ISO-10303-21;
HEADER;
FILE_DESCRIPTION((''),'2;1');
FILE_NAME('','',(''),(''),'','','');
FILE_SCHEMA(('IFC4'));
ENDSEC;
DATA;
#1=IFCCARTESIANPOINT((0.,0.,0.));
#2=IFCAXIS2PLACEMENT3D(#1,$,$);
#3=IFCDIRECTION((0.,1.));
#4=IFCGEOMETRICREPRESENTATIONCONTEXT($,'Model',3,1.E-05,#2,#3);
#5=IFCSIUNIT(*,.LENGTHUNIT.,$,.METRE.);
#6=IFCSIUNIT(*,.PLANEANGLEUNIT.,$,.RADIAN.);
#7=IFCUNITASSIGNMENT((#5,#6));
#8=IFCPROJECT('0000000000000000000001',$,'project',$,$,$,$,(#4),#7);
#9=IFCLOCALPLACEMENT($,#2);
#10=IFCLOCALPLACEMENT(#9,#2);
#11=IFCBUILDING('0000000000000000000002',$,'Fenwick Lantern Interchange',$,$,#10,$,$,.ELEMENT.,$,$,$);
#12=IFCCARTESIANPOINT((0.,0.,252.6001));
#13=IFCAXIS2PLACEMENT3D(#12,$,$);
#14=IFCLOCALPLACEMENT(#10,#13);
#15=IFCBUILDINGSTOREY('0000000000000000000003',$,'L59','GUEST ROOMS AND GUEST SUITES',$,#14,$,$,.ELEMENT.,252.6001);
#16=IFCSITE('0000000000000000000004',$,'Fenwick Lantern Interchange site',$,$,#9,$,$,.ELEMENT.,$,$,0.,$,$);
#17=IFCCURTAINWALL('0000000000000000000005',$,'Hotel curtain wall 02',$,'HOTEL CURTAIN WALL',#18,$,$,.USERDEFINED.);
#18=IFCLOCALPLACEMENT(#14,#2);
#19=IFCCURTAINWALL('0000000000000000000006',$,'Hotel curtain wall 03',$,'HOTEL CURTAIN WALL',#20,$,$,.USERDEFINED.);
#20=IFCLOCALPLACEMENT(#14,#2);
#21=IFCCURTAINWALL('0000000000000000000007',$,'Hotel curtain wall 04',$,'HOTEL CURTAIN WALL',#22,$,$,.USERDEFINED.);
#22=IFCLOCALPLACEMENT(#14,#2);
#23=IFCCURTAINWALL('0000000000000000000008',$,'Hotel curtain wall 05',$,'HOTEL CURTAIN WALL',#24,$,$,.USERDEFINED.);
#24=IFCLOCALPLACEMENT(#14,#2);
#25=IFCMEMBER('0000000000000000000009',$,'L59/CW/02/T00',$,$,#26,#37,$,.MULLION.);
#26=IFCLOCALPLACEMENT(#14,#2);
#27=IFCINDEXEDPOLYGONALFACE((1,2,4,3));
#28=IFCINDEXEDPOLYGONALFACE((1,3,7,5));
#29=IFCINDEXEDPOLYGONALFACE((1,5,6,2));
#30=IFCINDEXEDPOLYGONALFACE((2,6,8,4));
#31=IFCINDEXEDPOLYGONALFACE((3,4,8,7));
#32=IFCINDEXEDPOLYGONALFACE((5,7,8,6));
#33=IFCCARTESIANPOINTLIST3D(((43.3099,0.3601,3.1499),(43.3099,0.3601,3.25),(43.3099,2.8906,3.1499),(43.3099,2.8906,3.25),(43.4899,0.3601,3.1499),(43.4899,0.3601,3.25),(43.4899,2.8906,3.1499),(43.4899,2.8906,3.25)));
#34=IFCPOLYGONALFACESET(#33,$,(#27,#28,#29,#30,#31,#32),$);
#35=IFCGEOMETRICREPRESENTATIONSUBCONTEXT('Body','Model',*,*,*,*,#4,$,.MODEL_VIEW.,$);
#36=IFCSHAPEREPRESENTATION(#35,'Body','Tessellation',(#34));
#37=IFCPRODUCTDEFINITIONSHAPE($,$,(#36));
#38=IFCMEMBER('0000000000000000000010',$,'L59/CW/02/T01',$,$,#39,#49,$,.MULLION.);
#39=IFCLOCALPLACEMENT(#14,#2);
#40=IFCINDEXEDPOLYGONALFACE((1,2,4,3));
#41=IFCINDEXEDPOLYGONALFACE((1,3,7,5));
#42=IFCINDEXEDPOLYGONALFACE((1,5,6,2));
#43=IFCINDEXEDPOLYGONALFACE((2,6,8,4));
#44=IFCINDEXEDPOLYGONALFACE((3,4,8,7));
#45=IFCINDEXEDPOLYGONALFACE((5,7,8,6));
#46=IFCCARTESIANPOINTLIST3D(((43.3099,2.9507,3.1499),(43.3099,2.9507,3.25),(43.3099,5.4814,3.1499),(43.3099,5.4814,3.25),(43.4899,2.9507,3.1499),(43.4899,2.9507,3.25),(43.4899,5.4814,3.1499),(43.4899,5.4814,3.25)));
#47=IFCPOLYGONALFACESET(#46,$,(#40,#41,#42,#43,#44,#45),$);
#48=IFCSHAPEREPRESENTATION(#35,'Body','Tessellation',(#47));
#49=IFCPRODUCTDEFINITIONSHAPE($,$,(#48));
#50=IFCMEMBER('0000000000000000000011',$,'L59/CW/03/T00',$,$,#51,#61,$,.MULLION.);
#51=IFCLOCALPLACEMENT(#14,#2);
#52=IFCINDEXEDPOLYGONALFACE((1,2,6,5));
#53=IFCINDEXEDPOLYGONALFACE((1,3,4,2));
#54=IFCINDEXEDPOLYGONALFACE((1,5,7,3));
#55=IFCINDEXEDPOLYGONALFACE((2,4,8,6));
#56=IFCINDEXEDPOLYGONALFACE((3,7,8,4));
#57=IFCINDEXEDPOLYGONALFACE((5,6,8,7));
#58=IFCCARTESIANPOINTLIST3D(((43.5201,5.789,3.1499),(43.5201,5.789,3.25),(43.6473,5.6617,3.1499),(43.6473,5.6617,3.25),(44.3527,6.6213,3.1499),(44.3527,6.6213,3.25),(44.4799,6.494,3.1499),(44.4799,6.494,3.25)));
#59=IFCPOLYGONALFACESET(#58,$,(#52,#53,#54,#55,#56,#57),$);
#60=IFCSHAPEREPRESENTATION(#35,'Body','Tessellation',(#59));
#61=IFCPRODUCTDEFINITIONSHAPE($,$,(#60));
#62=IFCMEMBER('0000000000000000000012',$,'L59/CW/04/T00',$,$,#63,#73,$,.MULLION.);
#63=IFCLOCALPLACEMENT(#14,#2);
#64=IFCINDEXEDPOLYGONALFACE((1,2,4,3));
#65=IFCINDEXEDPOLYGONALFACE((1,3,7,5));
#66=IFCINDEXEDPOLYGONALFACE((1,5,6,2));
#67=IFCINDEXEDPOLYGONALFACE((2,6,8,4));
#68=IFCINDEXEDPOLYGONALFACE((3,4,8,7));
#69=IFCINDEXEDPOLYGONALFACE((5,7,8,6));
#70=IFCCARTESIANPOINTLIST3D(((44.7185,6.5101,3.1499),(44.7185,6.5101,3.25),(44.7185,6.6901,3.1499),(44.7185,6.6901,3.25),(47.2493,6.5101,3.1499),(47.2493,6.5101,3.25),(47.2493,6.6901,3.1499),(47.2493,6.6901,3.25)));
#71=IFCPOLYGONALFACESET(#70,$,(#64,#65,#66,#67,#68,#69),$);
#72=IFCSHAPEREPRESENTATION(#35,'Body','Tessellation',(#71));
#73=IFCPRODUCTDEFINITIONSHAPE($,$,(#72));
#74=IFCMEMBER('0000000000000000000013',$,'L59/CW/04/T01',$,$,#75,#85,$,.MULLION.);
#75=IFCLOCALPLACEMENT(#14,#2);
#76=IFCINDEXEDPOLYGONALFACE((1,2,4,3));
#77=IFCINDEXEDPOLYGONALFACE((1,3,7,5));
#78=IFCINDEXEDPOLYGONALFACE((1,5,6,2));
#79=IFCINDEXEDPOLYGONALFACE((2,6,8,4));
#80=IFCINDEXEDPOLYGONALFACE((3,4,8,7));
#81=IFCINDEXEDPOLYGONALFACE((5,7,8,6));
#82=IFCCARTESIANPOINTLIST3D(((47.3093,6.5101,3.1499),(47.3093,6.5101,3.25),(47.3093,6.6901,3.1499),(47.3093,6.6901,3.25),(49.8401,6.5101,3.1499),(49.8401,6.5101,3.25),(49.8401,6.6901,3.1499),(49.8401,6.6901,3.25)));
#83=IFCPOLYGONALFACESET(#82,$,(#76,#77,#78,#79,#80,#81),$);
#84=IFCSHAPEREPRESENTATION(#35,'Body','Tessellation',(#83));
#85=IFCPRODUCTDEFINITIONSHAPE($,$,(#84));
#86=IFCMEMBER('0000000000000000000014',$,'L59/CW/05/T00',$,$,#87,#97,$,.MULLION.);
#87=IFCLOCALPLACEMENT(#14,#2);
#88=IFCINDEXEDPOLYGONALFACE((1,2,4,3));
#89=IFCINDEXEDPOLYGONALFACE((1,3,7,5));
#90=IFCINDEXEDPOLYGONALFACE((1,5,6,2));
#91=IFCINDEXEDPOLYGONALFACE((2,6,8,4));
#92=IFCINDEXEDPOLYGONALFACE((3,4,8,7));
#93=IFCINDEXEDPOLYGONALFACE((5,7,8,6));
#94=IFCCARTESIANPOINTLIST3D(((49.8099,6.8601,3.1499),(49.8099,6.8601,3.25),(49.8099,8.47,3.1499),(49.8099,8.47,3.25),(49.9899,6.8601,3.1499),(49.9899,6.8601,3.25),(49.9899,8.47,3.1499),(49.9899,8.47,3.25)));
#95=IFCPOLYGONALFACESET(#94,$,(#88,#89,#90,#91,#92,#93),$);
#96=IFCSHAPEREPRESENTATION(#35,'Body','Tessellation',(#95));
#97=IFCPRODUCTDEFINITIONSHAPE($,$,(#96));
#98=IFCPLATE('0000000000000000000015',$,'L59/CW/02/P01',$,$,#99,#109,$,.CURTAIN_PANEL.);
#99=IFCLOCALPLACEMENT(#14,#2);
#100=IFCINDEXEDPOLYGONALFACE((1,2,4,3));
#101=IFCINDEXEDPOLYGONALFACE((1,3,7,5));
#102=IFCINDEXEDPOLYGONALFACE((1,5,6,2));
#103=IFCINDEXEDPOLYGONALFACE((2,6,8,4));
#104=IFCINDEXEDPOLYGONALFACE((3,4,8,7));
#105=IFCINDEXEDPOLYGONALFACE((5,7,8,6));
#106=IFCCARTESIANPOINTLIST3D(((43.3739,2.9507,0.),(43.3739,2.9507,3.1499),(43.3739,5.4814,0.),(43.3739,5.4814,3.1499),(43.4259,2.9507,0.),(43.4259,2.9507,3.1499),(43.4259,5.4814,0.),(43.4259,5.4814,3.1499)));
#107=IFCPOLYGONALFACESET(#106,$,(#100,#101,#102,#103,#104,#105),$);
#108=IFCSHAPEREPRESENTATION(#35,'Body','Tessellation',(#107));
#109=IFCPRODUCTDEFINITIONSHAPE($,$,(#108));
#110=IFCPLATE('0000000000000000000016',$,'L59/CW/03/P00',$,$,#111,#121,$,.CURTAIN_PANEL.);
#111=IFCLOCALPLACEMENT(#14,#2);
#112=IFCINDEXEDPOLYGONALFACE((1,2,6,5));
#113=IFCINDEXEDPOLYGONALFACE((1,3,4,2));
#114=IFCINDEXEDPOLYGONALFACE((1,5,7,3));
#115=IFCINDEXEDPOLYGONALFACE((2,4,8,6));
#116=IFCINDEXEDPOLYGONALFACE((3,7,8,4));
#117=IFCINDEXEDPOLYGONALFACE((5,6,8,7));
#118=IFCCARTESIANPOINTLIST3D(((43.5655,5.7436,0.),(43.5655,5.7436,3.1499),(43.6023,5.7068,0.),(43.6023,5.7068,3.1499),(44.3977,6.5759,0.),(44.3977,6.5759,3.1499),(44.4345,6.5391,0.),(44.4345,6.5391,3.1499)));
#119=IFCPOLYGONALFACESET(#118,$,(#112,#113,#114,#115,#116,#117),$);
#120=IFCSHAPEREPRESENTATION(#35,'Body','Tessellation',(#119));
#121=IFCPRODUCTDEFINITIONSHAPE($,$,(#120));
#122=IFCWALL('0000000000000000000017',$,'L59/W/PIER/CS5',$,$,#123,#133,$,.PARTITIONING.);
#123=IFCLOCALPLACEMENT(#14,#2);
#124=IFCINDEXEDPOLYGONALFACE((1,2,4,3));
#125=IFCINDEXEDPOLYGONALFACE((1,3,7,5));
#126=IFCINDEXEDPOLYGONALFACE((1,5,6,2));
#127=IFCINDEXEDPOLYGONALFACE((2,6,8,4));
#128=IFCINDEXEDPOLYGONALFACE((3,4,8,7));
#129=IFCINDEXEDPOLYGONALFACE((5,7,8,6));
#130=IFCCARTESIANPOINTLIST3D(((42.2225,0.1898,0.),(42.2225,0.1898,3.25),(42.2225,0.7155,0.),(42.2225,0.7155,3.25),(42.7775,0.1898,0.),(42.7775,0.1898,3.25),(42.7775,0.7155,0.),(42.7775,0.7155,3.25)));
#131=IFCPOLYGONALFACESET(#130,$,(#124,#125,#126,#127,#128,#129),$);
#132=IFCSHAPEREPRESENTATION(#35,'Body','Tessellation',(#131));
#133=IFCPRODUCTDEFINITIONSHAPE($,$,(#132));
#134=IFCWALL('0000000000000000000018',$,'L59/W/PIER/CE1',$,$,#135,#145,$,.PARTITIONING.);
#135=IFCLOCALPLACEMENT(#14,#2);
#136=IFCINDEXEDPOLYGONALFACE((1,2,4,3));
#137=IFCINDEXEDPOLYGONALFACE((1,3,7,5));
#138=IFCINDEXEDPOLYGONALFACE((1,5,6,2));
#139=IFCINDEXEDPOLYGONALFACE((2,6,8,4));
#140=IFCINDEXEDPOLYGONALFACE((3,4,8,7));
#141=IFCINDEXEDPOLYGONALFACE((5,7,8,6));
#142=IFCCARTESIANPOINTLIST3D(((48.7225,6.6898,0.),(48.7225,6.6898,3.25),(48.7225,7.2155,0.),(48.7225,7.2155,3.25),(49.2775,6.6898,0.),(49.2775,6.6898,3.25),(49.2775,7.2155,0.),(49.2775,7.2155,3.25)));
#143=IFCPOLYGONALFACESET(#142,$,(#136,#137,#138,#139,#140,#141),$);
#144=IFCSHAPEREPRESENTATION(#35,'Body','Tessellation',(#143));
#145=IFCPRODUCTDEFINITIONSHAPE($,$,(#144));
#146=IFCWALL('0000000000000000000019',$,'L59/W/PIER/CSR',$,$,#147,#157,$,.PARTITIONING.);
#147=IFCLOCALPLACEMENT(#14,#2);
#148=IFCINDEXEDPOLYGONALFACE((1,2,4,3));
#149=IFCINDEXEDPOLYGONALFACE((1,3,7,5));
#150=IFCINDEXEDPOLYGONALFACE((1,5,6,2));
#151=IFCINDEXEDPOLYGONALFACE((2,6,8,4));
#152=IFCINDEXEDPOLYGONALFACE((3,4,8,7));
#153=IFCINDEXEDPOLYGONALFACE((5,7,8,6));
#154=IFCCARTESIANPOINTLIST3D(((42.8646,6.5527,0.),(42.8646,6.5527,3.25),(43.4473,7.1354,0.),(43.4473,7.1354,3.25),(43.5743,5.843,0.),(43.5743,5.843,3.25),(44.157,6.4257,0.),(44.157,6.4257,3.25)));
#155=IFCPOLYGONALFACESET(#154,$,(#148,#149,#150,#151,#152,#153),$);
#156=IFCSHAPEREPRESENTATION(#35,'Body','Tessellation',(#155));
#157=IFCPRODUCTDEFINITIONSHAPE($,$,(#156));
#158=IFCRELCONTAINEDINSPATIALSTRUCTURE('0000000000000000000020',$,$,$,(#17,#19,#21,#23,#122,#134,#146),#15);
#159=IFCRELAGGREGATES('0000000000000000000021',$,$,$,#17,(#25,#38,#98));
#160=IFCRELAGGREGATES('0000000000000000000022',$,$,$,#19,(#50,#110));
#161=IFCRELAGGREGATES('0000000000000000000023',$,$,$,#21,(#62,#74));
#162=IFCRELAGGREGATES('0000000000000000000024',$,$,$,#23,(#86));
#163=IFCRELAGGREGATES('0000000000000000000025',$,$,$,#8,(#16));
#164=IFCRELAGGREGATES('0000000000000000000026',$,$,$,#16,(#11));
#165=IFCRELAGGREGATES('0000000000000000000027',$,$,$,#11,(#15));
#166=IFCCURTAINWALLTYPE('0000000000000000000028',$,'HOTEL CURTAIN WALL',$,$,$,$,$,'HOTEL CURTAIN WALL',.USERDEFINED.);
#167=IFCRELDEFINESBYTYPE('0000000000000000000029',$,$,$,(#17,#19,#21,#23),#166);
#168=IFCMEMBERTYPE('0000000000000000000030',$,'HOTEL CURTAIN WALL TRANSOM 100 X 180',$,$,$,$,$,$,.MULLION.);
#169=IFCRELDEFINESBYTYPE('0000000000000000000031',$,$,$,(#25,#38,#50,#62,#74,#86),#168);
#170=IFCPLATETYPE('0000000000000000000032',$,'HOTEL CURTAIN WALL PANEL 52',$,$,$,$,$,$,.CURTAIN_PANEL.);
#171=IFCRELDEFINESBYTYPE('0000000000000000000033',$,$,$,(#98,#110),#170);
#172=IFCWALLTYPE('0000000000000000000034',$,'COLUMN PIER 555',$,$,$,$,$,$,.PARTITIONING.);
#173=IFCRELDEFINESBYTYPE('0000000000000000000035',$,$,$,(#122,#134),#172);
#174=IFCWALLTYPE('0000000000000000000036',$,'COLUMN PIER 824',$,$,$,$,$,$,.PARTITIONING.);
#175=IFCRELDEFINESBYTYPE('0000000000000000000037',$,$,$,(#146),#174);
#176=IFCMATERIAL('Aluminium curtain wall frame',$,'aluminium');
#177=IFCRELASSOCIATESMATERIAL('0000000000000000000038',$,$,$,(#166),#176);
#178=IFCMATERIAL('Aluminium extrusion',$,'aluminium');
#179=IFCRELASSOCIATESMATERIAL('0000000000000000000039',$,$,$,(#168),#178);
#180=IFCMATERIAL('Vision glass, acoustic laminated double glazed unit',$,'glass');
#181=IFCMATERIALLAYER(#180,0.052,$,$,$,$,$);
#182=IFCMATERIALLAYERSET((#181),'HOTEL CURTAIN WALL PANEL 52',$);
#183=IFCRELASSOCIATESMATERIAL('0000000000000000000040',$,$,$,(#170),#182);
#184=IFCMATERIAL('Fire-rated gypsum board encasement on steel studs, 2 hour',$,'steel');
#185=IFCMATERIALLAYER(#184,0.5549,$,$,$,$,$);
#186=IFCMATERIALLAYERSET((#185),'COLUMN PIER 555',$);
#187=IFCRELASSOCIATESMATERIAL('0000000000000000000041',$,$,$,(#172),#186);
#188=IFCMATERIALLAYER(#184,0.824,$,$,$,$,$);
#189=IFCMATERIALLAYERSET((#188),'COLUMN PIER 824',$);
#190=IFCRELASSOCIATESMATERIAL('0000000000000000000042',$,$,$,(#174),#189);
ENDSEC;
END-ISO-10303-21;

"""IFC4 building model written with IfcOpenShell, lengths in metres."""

from ifc_helpers import new_model, si_unit, direction, frame, frame_2d, origin, origin_2d, place, context, subcontext, project, spatial, rectangle, extrude, material, layer, layer_set, material_profile, profile_set, type_object, element, aggregate, save


model = new_model("IFC4")

# Units and contexts
model_context = context("Model", 3, precision=1e-05, world=origin(), true_north=direction((0.0, 1.0)))
body_context = subcontext(model_context, "Body", "Model", "MODEL_VIEW")
ifc_project = project(units=[si_unit("LENGTHUNIT", "METRE"), si_unit("PLANEANGLEUNIT", "RADIAN")], contexts=[model_context])

# Site, building, storey
site_placement = place(None, origin())
site = spatial("IfcSite", under=ifc_project, at=site_placement, Name="Fenwick Lantern Interchange site", CompositionType="ELEMENT", RefElevation=0.0)
building_placement = place(site_placement, origin())
building = spatial("IfcBuilding", under=site, at=building_placement, Name="Fenwick Lantern Interchange", CompositionType="ELEMENT")
storey_placement = place(building_placement, frame((0.0, 0.0, 252.6001)))
storey = spatial("IfcBuildingStorey", under=building, at=storey_placement, Name="L59", Description="GUEST ROOMS AND GUEST SUITES", CompositionType="ELEMENT", Elevation=252.6001)

# Shared definitions
ifc_material_1 = material(Name="Aluminium curtain wall frame", Category="aluminium")
curtain_wall_type = type_object("IfcCurtainWallType", Name="HOTEL CURTAIN WALL", ElementType="HOTEL CURTAIN WALL", PredefinedType="USERDEFINED", material=ifc_material_1)
ifc_material_2 = material(Name="Aluminium extrusion", Category="aluminium")

# Curtain walls
curtain_wall_1_placement = place(storey_placement, origin())
curtain_wall_1 = element("IfcCurtainWall", 1, at=curtain_wall_1_placement, inside=storey, type_object=curtain_wall_type, Name="Hotel curtain wall 02", ObjectType="HOTEL CURTAIN WALL", PredefinedType="USERDEFINED")
curtain_wall_2_placement = place(storey_placement, origin())
curtain_wall_2 = element("IfcCurtainWall", 2, at=curtain_wall_2_placement, inside=storey, type_object=curtain_wall_type, Name="Hotel curtain wall 03", ObjectType="HOTEL CURTAIN WALL", PredefinedType="USERDEFINED")
curtain_wall_3_placement = place(storey_placement, origin())
curtain_wall_3 = element("IfcCurtainWall", 3, at=curtain_wall_3_placement, inside=storey, type_object=curtain_wall_type, Name="Hotel curtain wall 04", ObjectType="HOTEL CURTAIN WALL", PredefinedType="USERDEFINED")

# Curtain wall
curtain_wall_4_placement = place(storey_placement, origin())
curtain_wall_4 = element("IfcCurtainWall", 4, at=curtain_wall_4_placement, inside=storey, type_object=curtain_wall_type, Name="Hotel curtain wall 05", ObjectType="HOTEL CURTAIN WALL", PredefinedType="USERDEFINED")

# Members
ifc_material_profile_1 = material_profile(ifc_material_2, rectangle(XDim=0.1799, YDim=0.1001, at=origin_2d()), Name="HOTEL CURTAIN WALL TRANSOM 100 X 180")
ifc_profile_set_1 = profile_set([ifc_material_profile_1], Name="Aluminium extrusion")
member_type_1 = type_object("IfcMemberType", Name="HOTEL CURTAIN WALL TRANSOM 100 X 180", PredefinedType="MULLION", material=ifc_profile_set_1)
member_1_placement = place(storey_placement, frame((43.3999, 0.3601, 3.2), z_axis=(0.0, 1.0, 0.0), x_axis=(-1.0, 0.0, 0.0)))
member_1 = element("IfcMember", 5, at=member_1_placement, type_object=member_type_1, Name="L59/CW/02/T00", PredefinedType="MULLION", context=body_context, shape_type="SweptSolid", body=[
    extrude(rectangle(XDim=0.1799, YDim=0.1001, at=origin_2d()), origin(), (0.0, 0.0, 1.0), 2.5305),
])
member_2_placement = place(storey_placement, frame((43.3999, 2.9507, 3.2), z_axis=(0.0, 1.0, 0.0), x_axis=(-1.0, 0.0, 0.0)))
member_2 = element("IfcMember", 6, at=member_2_placement, type_object=member_type_1, Name="L59/CW/02/T01", PredefinedType="MULLION", context=body_context, shape_type="SweptSolid", body=[
    extrude(rectangle(XDim=0.1799, YDim=0.1001, at=origin_2d()), origin(), (0.0, 0.0, 1.0), 2.5308),
])
member_3_placement = place(storey_placement, frame((43.5837, 5.7253, 3.2), z_axis=(0.70721, 0.707003, 0.0), x_axis=(-0.707003, 0.70721, 0.0)))
member_3 = element("IfcMember", 7, at=member_3_placement, type_object=member_type_1, Name="L59/CW/03/T00", PredefinedType="MULLION", context=body_context, shape_type="SweptSolid", body=[
    extrude(rectangle(XDim=0.1799, YDim=0.1001, at=origin_2d()), origin(), (0.0, 0.0, 1.0), 1.1772),
])
member_4_placement = place(storey_placement, frame((44.7185, 6.6001, 3.2), z_axis=(1.0, 0.0, 0.0), x_axis=(0.0, 1.0, 0.0)))
member_4 = element("IfcMember", 8, at=member_4_placement, type_object=member_type_1, Name="L59/CW/04/T00", PredefinedType="MULLION", context=body_context, shape_type="SweptSolid", body=[
    extrude(rectangle(XDim=0.1799, YDim=0.1001, at=origin_2d()), origin(), (0.0, 0.0, 1.0), 2.5308),
])
member_5_placement = place(storey_placement, frame((47.3093, 6.6001, 3.2), z_axis=(1.0, 0.0, 0.0), x_axis=(0.0, 1.0, 0.0)))
member_5 = element("IfcMember", 9, at=member_5_placement, type_object=member_type_1, Name="L59/CW/04/T01", PredefinedType="MULLION", context=body_context, shape_type="SweptSolid", body=[
    extrude(rectangle(XDim=0.1799, YDim=0.1001, at=origin_2d()), origin(), (0.0, 0.0, 1.0), 2.5308),
])
member_6_placement = place(storey_placement, frame((49.8999, 6.8601, 3.2), z_axis=(0.0, 1.0, 0.0), x_axis=(-1.0, 0.0, 0.0)))
member_6 = element("IfcMember", 10, at=member_6_placement, type_object=member_type_1, Name="L59/CW/05/T00", PredefinedType="MULLION", context=body_context, shape_type="SweptSolid", body=[
    extrude(rectangle(XDim=0.1799, YDim=0.1001, at=origin_2d()), origin(), (0.0, 0.0, 1.0), 1.6099),
])

# Plates
ifc_material_3 = material(Name="Vision glass, acoustic laminated double glazed unit", Category="glass")
ifc_layer_1 = layer(ifc_material_3, 0.052)
ifc_layer_set_1 = layer_set([ifc_layer_1], Name="HOTEL CURTAIN WALL PANEL 52")
plate_type = type_object("IfcPlateType", Name="HOTEL CURTAIN WALL PANEL 52", PredefinedType="CURTAIN_PANEL", material=ifc_layer_set_1)
plate_1_placement = place(storey_placement, frame((43.3999, 4.2161, 0.0), z_axis=(0.0, 0.0, 1.0), x_axis=(0.0, 1.0, 0.0)))
plate_1 = element("IfcPlate", 11, at=plate_1_placement, type_object=plate_type, Name="L59/CW/02/P01", PredefinedType="CURTAIN_PANEL", context=body_context, shape_type="SweptSolid", body=[
    extrude(rectangle(XDim=2.5308, YDim=0.052, at=origin_2d()), origin(), (0.0, 0.0, 1.0), 3.1499),
])
aggregate(curtain_wall_1, [member_1, member_2, plate_1])
plate_2_placement = place(storey_placement, frame((44.0, 6.1414, 0.0), z_axis=(0.0, 0.0, 1.0), x_axis=(0.707107, 0.707107, 0.0)))
plate_2 = element("IfcPlate", 12, at=plate_2_placement, type_object=plate_type, Name="L59/CW/03/P00", PredefinedType="CURTAIN_PANEL", context=body_context, shape_type="SweptSolid", body=[
    extrude(rectangle(XDim=1.177, YDim=0.052, at=origin_2d()), origin(), (0.0, 0.0, 1.0), 3.1499),
])
aggregate(curtain_wall_2, [member_3, plate_2])
aggregate(curtain_wall_3, [member_4, member_5])
aggregate(curtain_wall_4, [member_6])

# Walls
ifc_material_4 = material(Name="Fire-rated gypsum board encasement on steel studs, 2 hour", Category="steel")
ifc_layer_2 = layer(ifc_material_4, 0.5549)
ifc_layer_set_2 = layer_set([ifc_layer_2], Name="COLUMN PIER 555")
wall_type_1 = type_object("IfcWallType", Name="COLUMN PIER 555", PredefinedType="PARTITIONING", material=ifc_layer_set_2)
for number, where, z_axis, x_axis, name in (
    (13, (42.5, 0.1899, 0.0), (0.0, 0.0, 1.0), (0.0, 1.0, 0.0), "L59/W/PIER/CS5"),
    (14, (49.0, 6.6899, 0.0), (0.0, 0.0, 1.0), (0.0, 1.0, 0.0), "L59/W/PIER/CE1"),
):
    element("IfcWall", number, at=place(storey_placement, frame(where, z_axis=z_axis, x_axis=x_axis)), inside=storey, type_object=wall_type_1, Name=name, PredefinedType="PARTITIONING", context=body_context, shape_type="SweptSolid", body=[
        extrude(rectangle(XDim=0.5256, YDim=0.5549, at=frame_2d((0.2627, 0.0))), origin(), (0.0, 0.0, 1.0), 3.25),
    ])
ifc_layer_3 = layer(ifc_material_4, 0.824)
ifc_layer_set_3 = layer_set([ifc_layer_3], Name="COLUMN PIER 824")
wall_type_2 = type_object("IfcWallType", Name="COLUMN PIER 824", PredefinedType="PARTITIONING", material=ifc_layer_set_3)
wall_placement = place(storey_placement, frame((43.8657, 6.1343, 0.0), z_axis=(0.0, 0.0, 1.0), x_axis=(-0.707107, 0.707107, 0.0)))
element("IfcWall", 15, at=wall_placement, inside=storey, type_object=wall_type_2, Name="L59/W/PIER/CSR", PredefinedType="PARTITIONING", context=body_context, shape_type="SweptSolid", body=[
    extrude(rectangle(XDim=1.0037, YDim=0.824, at=frame_2d((0.502, 0.0))), origin(), (0.0, 0.0, 1.0), 3.25),
])

save(model, "model.ifc")
